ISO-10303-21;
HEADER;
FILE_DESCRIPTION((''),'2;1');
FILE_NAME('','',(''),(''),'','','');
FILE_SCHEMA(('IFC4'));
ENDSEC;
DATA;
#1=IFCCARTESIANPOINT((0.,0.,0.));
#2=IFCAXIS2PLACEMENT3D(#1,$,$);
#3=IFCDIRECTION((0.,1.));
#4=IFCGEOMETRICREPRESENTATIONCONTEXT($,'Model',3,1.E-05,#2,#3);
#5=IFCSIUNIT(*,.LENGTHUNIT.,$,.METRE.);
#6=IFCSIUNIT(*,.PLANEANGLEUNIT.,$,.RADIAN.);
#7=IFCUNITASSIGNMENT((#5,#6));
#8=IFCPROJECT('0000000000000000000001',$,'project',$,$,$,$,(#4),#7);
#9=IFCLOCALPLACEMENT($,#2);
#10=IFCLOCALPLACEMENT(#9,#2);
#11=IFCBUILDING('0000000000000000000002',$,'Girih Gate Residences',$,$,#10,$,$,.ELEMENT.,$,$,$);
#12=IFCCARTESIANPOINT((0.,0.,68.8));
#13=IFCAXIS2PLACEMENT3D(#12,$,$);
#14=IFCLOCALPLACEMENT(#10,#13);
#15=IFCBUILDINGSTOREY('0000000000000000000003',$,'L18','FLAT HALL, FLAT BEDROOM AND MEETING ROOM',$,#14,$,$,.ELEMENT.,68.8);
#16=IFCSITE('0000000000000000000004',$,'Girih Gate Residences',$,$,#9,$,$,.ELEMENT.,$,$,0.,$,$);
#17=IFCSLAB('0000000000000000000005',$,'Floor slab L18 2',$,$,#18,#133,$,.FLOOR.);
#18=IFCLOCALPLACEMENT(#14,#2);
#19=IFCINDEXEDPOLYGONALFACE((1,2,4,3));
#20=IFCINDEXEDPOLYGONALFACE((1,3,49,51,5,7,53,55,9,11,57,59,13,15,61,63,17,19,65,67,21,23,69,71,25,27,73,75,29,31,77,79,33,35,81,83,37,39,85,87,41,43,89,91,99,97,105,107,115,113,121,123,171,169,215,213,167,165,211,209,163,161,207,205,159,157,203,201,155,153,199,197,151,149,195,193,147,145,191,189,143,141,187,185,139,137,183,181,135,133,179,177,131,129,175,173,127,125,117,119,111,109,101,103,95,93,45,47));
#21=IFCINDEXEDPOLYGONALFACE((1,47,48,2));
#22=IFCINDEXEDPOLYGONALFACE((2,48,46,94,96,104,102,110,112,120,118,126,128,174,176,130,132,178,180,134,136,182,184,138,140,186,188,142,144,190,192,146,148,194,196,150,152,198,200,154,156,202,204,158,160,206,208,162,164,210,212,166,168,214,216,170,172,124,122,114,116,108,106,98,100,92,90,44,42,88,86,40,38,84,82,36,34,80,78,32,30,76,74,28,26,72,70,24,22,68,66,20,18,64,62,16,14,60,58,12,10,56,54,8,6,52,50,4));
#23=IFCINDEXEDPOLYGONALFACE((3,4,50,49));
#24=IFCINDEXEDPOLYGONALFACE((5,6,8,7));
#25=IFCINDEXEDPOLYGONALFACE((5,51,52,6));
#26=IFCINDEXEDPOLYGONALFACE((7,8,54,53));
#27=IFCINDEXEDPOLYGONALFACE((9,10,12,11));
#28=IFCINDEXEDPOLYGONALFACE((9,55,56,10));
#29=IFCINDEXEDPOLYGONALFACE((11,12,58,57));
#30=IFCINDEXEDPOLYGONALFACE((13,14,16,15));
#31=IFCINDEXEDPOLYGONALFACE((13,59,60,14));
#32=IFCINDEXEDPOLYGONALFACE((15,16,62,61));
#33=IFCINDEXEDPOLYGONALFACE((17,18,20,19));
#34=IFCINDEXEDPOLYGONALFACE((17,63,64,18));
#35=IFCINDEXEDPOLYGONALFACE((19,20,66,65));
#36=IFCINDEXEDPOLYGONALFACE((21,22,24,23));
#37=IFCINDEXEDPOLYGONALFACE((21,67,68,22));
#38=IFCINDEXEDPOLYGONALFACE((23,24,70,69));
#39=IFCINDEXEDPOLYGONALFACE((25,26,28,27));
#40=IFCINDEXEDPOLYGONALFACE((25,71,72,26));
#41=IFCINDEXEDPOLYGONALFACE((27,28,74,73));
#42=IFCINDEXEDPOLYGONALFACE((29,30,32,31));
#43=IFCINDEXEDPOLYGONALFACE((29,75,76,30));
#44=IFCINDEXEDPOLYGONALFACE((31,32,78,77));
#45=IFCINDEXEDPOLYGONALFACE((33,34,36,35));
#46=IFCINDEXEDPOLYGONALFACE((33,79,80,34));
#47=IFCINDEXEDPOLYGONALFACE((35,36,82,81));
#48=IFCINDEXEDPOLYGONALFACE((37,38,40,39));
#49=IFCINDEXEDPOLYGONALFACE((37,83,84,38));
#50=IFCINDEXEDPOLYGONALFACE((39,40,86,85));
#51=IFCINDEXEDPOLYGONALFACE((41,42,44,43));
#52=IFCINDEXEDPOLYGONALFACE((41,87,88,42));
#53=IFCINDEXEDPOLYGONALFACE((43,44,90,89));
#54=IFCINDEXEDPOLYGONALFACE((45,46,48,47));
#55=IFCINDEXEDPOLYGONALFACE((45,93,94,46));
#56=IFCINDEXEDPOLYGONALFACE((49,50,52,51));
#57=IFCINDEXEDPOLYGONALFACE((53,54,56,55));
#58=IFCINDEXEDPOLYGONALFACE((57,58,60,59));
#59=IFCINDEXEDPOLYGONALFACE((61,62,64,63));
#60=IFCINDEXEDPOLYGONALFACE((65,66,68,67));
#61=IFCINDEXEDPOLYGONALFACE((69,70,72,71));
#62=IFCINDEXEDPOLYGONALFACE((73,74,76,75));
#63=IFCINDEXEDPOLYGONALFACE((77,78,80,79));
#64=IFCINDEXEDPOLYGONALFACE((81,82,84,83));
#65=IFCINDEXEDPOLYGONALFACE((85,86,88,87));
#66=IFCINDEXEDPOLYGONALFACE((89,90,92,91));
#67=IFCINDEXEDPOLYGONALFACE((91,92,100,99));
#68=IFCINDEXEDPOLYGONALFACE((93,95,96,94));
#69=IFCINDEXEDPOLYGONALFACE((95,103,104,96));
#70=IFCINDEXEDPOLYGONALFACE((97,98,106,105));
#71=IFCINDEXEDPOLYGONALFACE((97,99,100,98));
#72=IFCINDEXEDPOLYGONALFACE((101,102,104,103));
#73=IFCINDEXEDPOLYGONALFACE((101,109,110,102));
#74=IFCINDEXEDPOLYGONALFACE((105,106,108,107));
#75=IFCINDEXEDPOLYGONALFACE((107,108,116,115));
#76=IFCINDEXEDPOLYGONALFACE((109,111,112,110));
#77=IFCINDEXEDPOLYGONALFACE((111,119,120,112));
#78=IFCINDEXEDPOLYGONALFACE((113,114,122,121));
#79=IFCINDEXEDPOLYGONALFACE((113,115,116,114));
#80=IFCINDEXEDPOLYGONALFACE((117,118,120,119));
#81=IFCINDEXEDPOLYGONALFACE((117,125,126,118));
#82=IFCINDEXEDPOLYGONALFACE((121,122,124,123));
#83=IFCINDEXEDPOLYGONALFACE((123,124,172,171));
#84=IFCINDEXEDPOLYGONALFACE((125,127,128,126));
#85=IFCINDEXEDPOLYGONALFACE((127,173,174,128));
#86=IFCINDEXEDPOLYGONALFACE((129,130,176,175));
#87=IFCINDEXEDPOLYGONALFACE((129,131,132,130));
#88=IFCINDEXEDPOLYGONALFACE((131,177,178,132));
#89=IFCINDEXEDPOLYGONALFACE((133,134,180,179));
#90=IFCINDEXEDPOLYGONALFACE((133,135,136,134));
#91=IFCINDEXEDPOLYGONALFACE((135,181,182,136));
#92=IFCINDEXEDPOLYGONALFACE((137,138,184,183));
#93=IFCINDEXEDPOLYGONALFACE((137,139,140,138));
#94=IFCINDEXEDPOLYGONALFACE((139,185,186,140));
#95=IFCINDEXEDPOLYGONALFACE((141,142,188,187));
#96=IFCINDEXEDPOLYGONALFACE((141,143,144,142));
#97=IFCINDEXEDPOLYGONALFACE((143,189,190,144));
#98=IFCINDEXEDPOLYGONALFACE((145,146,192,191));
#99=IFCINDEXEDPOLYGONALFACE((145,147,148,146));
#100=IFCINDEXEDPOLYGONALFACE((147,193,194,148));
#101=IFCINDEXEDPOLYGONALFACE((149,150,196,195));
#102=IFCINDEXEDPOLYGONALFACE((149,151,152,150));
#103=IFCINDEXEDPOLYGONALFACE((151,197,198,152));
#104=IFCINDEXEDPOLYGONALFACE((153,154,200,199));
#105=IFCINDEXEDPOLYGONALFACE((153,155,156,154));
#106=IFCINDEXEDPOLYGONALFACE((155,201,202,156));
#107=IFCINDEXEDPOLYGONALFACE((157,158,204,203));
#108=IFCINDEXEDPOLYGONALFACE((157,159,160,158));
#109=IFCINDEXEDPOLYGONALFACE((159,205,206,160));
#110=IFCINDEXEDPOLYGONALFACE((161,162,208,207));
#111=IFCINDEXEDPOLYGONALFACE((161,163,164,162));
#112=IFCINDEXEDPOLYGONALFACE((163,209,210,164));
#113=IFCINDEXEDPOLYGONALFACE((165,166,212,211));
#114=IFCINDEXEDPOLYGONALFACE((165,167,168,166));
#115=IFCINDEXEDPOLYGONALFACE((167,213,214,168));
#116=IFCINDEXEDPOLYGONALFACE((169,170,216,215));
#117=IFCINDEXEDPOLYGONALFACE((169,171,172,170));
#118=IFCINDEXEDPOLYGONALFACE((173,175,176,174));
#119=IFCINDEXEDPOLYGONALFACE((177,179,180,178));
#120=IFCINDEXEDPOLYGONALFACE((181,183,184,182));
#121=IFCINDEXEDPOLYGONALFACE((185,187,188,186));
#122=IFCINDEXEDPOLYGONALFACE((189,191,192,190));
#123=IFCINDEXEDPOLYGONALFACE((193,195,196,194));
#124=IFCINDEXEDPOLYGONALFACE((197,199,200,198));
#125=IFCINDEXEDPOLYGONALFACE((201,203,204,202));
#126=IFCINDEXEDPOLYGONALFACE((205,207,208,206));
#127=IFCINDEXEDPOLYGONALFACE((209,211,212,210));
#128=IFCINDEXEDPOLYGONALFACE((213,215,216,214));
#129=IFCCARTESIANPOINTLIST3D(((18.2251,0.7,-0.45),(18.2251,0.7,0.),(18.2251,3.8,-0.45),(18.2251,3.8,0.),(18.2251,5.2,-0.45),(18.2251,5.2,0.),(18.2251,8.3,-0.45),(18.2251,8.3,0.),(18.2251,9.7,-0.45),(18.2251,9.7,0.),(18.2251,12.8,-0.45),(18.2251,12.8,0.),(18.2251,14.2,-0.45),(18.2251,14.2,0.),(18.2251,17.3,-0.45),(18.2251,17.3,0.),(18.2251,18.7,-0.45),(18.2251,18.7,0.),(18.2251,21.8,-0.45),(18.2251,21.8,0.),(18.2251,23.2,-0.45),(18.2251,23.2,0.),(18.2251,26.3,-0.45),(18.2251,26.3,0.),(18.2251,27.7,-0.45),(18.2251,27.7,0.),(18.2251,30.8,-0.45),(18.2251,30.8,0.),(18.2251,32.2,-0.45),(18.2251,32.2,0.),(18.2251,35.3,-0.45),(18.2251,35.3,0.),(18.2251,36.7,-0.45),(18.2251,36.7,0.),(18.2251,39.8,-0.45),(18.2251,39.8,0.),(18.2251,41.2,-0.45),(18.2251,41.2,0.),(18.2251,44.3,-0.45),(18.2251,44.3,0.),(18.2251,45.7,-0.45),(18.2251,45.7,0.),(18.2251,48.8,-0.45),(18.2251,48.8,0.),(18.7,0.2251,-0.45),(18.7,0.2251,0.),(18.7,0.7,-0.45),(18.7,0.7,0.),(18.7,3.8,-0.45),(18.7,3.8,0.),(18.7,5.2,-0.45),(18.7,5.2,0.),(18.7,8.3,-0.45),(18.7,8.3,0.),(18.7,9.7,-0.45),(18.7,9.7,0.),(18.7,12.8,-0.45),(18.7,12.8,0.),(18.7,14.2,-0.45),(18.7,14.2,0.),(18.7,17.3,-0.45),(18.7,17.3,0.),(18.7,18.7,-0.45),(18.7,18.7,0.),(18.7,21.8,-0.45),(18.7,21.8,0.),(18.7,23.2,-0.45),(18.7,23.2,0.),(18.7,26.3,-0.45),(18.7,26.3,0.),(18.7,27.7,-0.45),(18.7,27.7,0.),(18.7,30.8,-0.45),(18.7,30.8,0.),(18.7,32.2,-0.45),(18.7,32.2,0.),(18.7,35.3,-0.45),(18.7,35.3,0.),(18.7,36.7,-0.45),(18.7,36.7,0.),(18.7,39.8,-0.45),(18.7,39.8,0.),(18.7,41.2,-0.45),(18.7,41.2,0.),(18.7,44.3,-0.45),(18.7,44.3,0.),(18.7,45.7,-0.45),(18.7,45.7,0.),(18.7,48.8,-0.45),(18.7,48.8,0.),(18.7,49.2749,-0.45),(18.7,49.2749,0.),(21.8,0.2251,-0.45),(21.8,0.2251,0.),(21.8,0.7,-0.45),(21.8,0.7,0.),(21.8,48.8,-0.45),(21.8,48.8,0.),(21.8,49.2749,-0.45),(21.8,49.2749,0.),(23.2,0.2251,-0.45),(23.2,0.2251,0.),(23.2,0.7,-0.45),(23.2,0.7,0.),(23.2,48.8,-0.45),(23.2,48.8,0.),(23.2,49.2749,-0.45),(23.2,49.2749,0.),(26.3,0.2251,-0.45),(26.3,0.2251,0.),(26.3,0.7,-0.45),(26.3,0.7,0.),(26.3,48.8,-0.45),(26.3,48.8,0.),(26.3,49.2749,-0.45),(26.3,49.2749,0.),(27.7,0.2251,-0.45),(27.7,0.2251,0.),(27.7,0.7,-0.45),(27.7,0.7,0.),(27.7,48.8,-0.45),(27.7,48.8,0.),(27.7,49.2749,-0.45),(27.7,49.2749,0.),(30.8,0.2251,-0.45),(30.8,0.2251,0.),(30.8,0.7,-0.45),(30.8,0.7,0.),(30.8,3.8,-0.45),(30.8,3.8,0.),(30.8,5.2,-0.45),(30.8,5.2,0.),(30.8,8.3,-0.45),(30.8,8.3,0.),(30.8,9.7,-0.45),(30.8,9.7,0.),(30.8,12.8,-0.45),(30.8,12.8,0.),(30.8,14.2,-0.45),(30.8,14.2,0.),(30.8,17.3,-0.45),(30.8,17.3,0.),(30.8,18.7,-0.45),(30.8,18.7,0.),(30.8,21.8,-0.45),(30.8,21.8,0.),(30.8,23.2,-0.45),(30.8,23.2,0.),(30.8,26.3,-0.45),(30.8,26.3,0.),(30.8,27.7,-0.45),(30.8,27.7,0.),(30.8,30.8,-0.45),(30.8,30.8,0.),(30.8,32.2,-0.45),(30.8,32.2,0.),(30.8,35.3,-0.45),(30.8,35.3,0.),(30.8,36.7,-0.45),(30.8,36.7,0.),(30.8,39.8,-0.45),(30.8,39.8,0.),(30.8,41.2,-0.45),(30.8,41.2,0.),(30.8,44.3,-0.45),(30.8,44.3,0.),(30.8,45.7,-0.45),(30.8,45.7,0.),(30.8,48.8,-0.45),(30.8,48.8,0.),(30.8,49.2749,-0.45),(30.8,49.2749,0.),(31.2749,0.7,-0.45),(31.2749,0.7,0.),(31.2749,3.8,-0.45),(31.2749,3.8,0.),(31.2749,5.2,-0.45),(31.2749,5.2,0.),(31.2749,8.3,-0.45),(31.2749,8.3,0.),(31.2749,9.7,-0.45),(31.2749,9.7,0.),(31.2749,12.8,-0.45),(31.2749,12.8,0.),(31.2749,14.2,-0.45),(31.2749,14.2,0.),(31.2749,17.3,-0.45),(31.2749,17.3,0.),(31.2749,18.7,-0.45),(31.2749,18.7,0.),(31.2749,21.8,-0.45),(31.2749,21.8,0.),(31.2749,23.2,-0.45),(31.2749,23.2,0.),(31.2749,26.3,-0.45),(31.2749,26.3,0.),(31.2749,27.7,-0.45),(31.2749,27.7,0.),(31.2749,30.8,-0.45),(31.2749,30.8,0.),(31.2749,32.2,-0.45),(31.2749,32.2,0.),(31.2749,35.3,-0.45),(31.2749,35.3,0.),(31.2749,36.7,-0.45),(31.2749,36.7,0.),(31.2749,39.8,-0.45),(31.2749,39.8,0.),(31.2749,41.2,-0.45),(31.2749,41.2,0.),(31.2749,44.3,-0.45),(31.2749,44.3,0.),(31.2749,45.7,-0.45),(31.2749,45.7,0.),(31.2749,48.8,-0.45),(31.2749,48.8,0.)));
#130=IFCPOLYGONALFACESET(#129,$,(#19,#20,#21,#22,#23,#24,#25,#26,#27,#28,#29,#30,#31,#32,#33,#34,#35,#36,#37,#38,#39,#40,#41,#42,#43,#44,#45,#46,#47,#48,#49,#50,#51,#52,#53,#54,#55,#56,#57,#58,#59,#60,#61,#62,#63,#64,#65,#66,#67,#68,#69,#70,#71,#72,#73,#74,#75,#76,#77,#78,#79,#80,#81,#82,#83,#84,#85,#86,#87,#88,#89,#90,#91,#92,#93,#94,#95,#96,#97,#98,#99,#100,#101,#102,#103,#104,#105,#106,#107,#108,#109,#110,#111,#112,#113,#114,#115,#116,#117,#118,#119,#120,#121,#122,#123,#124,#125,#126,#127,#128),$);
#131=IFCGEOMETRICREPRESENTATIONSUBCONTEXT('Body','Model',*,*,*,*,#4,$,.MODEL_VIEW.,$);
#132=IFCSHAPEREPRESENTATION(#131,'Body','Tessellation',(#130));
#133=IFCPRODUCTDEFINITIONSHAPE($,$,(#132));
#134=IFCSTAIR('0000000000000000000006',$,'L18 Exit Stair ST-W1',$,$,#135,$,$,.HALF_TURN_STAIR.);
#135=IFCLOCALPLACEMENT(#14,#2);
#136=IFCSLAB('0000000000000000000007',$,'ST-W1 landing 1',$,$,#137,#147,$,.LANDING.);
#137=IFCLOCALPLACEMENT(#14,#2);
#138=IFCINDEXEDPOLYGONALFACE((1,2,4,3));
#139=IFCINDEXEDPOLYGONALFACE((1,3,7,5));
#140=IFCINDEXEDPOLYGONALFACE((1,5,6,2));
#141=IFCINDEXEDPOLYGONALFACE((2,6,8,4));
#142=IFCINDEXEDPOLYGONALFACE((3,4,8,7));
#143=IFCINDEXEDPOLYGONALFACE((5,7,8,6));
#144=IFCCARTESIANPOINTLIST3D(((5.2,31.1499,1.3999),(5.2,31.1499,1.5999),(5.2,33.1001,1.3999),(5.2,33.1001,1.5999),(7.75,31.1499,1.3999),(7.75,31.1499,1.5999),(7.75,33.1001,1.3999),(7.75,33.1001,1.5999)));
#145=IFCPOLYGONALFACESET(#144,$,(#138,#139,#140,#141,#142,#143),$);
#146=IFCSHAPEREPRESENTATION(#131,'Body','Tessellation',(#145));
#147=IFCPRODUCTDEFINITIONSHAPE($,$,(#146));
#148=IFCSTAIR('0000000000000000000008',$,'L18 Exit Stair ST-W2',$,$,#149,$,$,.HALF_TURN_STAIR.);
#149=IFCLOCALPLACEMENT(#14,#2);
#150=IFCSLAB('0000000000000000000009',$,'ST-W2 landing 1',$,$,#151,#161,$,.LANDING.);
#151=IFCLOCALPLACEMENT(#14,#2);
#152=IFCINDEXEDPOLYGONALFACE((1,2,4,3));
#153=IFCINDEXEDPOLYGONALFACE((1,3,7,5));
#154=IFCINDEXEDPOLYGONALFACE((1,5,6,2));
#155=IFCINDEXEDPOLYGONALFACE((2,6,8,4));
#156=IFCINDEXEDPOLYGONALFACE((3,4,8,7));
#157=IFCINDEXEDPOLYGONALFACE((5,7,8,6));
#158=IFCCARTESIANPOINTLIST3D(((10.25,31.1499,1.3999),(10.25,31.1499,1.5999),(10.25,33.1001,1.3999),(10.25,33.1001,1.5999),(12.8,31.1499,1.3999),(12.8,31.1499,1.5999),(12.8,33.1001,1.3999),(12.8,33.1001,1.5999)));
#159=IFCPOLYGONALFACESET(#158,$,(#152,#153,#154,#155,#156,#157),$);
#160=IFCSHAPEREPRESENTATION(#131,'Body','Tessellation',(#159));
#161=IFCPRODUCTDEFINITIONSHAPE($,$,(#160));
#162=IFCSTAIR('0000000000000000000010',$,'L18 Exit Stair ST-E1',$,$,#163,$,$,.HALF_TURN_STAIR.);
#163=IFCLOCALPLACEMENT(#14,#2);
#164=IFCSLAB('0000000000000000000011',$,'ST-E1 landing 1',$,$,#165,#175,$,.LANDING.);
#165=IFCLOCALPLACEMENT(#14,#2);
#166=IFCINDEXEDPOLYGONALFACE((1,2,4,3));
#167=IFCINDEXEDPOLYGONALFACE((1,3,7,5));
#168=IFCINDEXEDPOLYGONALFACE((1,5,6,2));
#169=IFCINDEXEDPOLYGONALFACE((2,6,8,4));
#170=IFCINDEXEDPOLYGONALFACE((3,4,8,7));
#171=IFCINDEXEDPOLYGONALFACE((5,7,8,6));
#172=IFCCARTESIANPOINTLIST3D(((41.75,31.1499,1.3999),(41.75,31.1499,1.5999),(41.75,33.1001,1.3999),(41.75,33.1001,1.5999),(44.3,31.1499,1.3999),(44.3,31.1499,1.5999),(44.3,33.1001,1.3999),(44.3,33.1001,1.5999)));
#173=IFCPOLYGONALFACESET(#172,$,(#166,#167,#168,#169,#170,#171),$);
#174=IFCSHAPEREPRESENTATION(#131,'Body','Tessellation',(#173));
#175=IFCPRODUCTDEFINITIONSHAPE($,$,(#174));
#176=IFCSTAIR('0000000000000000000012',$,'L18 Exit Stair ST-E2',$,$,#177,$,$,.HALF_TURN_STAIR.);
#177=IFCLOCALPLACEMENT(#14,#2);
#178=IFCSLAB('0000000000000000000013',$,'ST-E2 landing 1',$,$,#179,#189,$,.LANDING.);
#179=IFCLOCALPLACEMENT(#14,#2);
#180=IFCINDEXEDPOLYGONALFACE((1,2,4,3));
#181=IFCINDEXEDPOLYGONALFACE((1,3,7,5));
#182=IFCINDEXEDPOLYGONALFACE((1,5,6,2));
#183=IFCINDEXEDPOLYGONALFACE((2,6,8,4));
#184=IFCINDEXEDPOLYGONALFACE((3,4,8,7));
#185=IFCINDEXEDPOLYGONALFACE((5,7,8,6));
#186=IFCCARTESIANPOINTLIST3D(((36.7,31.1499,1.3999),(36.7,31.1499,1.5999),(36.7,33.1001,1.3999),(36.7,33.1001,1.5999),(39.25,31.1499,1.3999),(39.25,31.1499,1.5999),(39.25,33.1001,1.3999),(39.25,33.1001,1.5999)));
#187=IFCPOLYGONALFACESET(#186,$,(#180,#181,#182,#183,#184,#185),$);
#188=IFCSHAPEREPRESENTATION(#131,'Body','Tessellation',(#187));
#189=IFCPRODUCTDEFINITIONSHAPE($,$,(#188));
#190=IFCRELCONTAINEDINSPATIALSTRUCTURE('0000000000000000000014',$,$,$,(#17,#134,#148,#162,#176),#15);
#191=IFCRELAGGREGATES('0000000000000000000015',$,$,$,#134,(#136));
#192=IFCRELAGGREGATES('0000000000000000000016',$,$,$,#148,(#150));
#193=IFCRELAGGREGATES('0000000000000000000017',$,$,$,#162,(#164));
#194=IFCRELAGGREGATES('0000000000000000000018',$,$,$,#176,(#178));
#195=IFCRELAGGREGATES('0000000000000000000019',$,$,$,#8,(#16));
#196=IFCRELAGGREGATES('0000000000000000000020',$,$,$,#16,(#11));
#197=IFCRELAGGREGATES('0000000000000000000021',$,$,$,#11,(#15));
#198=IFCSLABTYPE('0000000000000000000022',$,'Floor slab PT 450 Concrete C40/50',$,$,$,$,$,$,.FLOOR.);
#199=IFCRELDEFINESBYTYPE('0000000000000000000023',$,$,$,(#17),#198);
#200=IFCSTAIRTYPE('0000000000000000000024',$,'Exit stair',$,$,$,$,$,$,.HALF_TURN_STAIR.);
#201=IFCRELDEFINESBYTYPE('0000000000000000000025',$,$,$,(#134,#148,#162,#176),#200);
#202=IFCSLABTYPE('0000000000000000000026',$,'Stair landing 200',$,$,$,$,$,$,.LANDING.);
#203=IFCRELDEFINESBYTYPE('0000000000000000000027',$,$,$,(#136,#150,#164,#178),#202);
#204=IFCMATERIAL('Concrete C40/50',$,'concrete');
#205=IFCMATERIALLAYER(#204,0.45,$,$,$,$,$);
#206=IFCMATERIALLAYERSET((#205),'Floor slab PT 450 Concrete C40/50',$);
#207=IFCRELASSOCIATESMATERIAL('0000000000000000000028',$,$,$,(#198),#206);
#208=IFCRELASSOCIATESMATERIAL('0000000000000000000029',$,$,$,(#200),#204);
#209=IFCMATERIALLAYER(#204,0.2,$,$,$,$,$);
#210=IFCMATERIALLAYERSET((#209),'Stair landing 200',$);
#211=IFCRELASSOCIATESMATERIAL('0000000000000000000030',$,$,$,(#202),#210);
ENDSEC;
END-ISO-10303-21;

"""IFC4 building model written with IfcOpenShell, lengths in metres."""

from ifc_helpers import new_model, si_unit, direction, frame, origin, place, context, subcontext, project, spatial, polyline, outline, extrude, material, layer, layer_set, type_object, element, aggregate, save


model = new_model("IFC4")

# Units and contexts
model_context = context("Model", 3, precision=1e-05, world=origin(), true_north=direction((0.0, 1.0)))
body_context = subcontext(model_context, "Body", "Model", "MODEL_VIEW")
ifc_project = project(units=[si_unit("LENGTHUNIT", "METRE"), si_unit("PLANEANGLEUNIT", "RADIAN")], contexts=[model_context])

# Site, building, storey
site_placement = place(None, origin())
site = spatial("IfcSite", under=ifc_project, at=site_placement, Name="Girih Gate Residences", CompositionType="ELEMENT", RefElevation=0.0)
building_placement = place(site_placement, origin())
building = spatial("IfcBuilding", under=site, at=building_placement, Name="Girih Gate Residences", CompositionType="ELEMENT")
storey_placement = place(building_placement, frame((0.0, 0.0, 68.8)))
storey = spatial("IfcBuildingStorey", under=building, at=storey_placement, Name="L18", Description="FLAT HALL, FLAT BEDROOM AND MEETING ROOM", CompositionType="ELEMENT", Elevation=68.8)

# Slab
ifc_material_1 = material(Name="Concrete C40/50", Category="concrete")
ifc_layer_1 = layer(ifc_material_1, 0.45)
ifc_layer_set_1 = layer_set([ifc_layer_1], Name="Floor slab PT 450 Concrete C40/50")
slab_type_1 = type_object("IfcSlabType", Name="Floor slab PT 450 Concrete C40/50", PredefinedType="FLOOR", material=ifc_layer_set_1)
slab_1_placement = place(storey_placement, frame((0.0, 0.0, -0.45)))
element("IfcSlab", 1, at=slab_1_placement, inside=storey, type_object=slab_type_1, Name="Floor slab L18 2", PredefinedType="FLOOR", context=body_context, shape_type="SweptSolid", body=[
    extrude(outline(polyline([(21.8, 49.2749), (18.7, 49.2749), (18.7, 48.8), (18.2251, 48.8), (18.2251, 45.7), (18.7, 45.7), (18.7, 44.3), (18.2251, 44.3), (18.2251, 41.2), (18.7, 41.2), (18.7, 39.8), (18.2251, 39.8), (18.2251, 36.7), (18.7, 36.7), (18.7, 35.3), (18.2251, 35.3), (18.2251, 32.2), (18.7, 32.2), (18.7, 30.8), (18.2251, 30.8), (18.2251, 27.7), (18.7, 27.7), (18.7, 26.3), (18.2251, 26.3), (18.2251, 23.2), (18.7, 23.2), (18.7, 21.8), (18.2251, 21.8), (18.2251, 18.7), (18.7, 18.7), (18.7, 17.3), (18.2251, 17.3), (18.2251, 14.2), (18.7, 14.2), (18.7, 12.8), (18.2251, 12.8), (18.2251, 9.7), (18.7, 9.7), (18.7, 8.3), (18.2251, 8.3), (18.2251, 5.2), (18.7, 5.2), (18.7, 3.8), (18.2251, 3.8), (18.2251, 0.7), (18.7, 0.7), (18.7, 0.2251), (21.8, 0.2251), (21.8, 0.7), (23.2, 0.7), (23.2, 0.2251), (26.3, 0.2251), (26.3, 0.7), (27.7, 0.7), (27.7, 0.2251), (30.8, 0.2251), (30.8, 0.7), (31.2749, 0.7), (31.2749, 3.8), (30.8, 3.8), (30.8, 5.2), (31.2749, 5.2), (31.2749, 8.3), (30.8, 8.3), (30.8, 9.7), (31.2749, 9.7), (31.2749, 12.8), (30.8, 12.8), (30.8, 14.2), (31.2749, 14.2), (31.2749, 17.3), (30.8, 17.3), (30.8, 18.7), (31.2749, 18.7), (31.2749, 21.8), (30.8, 21.8), (30.8, 23.2), (31.2749, 23.2), (31.2749, 26.3), (30.8, 26.3), (30.8, 27.7), (31.2749, 27.7), (31.2749, 30.8), (30.8, 30.8), (30.8, 32.2), (31.2749, 32.2), (31.2749, 35.3), (30.8, 35.3), (30.8, 36.7), (31.2749, 36.7), (31.2749, 39.8), (30.8, 39.8), (30.8, 41.2), (31.2749, 41.2), (31.2749, 44.3), (30.8, 44.3), (30.8, 45.7), (31.2749, 45.7), (31.2749, 48.8), (30.8, 48.8), (30.8, 49.2749), (27.7, 49.2749), (27.7, 48.8), (26.3, 48.8), (26.3, 49.2749), (23.2, 49.2749), (23.2, 48.8), (21.8, 48.8), (21.8, 49.2749)])), origin(), (0.0, 0.0, 1.0), 0.45),
])

# Stairs, slabs
stair_type = type_object("IfcStairType", Name="Exit stair", PredefinedType="HALF_TURN_STAIR", material=ifc_material_1)
stair_1_placement = place(storey_placement, origin())
stair_1 = element("IfcStair", 2, at=stair_1_placement, inside=storey, type_object=stair_type, Name="L18 Exit Stair ST-W1", PredefinedType="HALF_TURN_STAIR")
ifc_layer_2 = layer(ifc_material_1, 0.2)
ifc_layer_set_2 = layer_set([ifc_layer_2], Name="Stair landing 200")
slab_type_2 = type_object("IfcSlabType", Name="Stair landing 200", PredefinedType="LANDING", material=ifc_layer_set_2)
slab_2_placement = place(storey_placement, frame((0.0, 0.0, 1.3999)))
slab_2 = element("IfcSlab", 3, at=slab_2_placement, type_object=slab_type_2, Name="ST-W1 landing 1", PredefinedType="LANDING", context=body_context, shape_type="SweptSolid", body=[
    extrude(outline(polyline([(7.75, 31.1499), (7.75, 33.1001), (5.2, 33.1001), (5.2, 31.1499), (7.75, 31.1499)])), origin(), (0.0, 0.0, 1.0), 0.2),
])
aggregate(stair_1, [slab_2])
stair_2_placement = place(storey_placement, origin())
stair_2 = element("IfcStair", 4, at=stair_2_placement, inside=storey, type_object=stair_type, Name="L18 Exit Stair ST-W2", PredefinedType="HALF_TURN_STAIR")
slab_3_placement = place(storey_placement, frame((0.0, 0.0, 1.3999)))
slab_3 = element("IfcSlab", 5, at=slab_3_placement, type_object=slab_type_2, Name="ST-W2 landing 1", PredefinedType="LANDING", context=body_context, shape_type="SweptSolid", body=[
    extrude(outline(polyline([(12.8, 31.1499), (12.8, 33.1001), (10.25, 33.1001), (10.25, 31.1499), (12.8, 31.1499)])), origin(), (0.0, 0.0, 1.0), 0.2),
])
aggregate(stair_2, [slab_3])
stair_3_placement = place(storey_placement, origin())
stair_3 = element("IfcStair", 6, at=stair_3_placement, inside=storey, type_object=stair_type, Name="L18 Exit Stair ST-E1", PredefinedType="HALF_TURN_STAIR")
slab_4_placement = place(storey_placement, frame((0.0, 0.0, 1.3999)))
slab_4 = element("IfcSlab", 7, at=slab_4_placement, type_object=slab_type_2, Name="ST-E1 landing 1", PredefinedType="LANDING", context=body_context, shape_type="SweptSolid", body=[
    extrude(outline(polyline([(44.3, 31.1499), (44.3, 33.1001), (41.75, 33.1001), (41.75, 31.1499), (44.3, 31.1499)])), origin(), (0.0, 0.0, 1.0), 0.2),
])
aggregate(stair_3, [slab_4])
stair_4_placement = place(storey_placement, origin())
stair_4 = element("IfcStair", 8, at=stair_4_placement, inside=storey, type_object=stair_type, Name="L18 Exit Stair ST-E2", PredefinedType="HALF_TURN_STAIR")
slab_5_placement = place(storey_placement, frame((0.0, 0.0, 1.3999)))
slab_5 = element("IfcSlab", 9, at=slab_5_placement, type_object=slab_type_2, Name="ST-E2 landing 1", PredefinedType="LANDING", context=body_context, shape_type="SweptSolid", body=[
    extrude(outline(polyline([(39.25, 31.1499), (39.25, 33.1001), (36.7, 33.1001), (36.7, 31.1499), (39.25, 31.1499)])), origin(), (0.0, 0.0, 1.0), 0.2),
])
aggregate(stair_4, [slab_5])

save(model, "model.ifc")
